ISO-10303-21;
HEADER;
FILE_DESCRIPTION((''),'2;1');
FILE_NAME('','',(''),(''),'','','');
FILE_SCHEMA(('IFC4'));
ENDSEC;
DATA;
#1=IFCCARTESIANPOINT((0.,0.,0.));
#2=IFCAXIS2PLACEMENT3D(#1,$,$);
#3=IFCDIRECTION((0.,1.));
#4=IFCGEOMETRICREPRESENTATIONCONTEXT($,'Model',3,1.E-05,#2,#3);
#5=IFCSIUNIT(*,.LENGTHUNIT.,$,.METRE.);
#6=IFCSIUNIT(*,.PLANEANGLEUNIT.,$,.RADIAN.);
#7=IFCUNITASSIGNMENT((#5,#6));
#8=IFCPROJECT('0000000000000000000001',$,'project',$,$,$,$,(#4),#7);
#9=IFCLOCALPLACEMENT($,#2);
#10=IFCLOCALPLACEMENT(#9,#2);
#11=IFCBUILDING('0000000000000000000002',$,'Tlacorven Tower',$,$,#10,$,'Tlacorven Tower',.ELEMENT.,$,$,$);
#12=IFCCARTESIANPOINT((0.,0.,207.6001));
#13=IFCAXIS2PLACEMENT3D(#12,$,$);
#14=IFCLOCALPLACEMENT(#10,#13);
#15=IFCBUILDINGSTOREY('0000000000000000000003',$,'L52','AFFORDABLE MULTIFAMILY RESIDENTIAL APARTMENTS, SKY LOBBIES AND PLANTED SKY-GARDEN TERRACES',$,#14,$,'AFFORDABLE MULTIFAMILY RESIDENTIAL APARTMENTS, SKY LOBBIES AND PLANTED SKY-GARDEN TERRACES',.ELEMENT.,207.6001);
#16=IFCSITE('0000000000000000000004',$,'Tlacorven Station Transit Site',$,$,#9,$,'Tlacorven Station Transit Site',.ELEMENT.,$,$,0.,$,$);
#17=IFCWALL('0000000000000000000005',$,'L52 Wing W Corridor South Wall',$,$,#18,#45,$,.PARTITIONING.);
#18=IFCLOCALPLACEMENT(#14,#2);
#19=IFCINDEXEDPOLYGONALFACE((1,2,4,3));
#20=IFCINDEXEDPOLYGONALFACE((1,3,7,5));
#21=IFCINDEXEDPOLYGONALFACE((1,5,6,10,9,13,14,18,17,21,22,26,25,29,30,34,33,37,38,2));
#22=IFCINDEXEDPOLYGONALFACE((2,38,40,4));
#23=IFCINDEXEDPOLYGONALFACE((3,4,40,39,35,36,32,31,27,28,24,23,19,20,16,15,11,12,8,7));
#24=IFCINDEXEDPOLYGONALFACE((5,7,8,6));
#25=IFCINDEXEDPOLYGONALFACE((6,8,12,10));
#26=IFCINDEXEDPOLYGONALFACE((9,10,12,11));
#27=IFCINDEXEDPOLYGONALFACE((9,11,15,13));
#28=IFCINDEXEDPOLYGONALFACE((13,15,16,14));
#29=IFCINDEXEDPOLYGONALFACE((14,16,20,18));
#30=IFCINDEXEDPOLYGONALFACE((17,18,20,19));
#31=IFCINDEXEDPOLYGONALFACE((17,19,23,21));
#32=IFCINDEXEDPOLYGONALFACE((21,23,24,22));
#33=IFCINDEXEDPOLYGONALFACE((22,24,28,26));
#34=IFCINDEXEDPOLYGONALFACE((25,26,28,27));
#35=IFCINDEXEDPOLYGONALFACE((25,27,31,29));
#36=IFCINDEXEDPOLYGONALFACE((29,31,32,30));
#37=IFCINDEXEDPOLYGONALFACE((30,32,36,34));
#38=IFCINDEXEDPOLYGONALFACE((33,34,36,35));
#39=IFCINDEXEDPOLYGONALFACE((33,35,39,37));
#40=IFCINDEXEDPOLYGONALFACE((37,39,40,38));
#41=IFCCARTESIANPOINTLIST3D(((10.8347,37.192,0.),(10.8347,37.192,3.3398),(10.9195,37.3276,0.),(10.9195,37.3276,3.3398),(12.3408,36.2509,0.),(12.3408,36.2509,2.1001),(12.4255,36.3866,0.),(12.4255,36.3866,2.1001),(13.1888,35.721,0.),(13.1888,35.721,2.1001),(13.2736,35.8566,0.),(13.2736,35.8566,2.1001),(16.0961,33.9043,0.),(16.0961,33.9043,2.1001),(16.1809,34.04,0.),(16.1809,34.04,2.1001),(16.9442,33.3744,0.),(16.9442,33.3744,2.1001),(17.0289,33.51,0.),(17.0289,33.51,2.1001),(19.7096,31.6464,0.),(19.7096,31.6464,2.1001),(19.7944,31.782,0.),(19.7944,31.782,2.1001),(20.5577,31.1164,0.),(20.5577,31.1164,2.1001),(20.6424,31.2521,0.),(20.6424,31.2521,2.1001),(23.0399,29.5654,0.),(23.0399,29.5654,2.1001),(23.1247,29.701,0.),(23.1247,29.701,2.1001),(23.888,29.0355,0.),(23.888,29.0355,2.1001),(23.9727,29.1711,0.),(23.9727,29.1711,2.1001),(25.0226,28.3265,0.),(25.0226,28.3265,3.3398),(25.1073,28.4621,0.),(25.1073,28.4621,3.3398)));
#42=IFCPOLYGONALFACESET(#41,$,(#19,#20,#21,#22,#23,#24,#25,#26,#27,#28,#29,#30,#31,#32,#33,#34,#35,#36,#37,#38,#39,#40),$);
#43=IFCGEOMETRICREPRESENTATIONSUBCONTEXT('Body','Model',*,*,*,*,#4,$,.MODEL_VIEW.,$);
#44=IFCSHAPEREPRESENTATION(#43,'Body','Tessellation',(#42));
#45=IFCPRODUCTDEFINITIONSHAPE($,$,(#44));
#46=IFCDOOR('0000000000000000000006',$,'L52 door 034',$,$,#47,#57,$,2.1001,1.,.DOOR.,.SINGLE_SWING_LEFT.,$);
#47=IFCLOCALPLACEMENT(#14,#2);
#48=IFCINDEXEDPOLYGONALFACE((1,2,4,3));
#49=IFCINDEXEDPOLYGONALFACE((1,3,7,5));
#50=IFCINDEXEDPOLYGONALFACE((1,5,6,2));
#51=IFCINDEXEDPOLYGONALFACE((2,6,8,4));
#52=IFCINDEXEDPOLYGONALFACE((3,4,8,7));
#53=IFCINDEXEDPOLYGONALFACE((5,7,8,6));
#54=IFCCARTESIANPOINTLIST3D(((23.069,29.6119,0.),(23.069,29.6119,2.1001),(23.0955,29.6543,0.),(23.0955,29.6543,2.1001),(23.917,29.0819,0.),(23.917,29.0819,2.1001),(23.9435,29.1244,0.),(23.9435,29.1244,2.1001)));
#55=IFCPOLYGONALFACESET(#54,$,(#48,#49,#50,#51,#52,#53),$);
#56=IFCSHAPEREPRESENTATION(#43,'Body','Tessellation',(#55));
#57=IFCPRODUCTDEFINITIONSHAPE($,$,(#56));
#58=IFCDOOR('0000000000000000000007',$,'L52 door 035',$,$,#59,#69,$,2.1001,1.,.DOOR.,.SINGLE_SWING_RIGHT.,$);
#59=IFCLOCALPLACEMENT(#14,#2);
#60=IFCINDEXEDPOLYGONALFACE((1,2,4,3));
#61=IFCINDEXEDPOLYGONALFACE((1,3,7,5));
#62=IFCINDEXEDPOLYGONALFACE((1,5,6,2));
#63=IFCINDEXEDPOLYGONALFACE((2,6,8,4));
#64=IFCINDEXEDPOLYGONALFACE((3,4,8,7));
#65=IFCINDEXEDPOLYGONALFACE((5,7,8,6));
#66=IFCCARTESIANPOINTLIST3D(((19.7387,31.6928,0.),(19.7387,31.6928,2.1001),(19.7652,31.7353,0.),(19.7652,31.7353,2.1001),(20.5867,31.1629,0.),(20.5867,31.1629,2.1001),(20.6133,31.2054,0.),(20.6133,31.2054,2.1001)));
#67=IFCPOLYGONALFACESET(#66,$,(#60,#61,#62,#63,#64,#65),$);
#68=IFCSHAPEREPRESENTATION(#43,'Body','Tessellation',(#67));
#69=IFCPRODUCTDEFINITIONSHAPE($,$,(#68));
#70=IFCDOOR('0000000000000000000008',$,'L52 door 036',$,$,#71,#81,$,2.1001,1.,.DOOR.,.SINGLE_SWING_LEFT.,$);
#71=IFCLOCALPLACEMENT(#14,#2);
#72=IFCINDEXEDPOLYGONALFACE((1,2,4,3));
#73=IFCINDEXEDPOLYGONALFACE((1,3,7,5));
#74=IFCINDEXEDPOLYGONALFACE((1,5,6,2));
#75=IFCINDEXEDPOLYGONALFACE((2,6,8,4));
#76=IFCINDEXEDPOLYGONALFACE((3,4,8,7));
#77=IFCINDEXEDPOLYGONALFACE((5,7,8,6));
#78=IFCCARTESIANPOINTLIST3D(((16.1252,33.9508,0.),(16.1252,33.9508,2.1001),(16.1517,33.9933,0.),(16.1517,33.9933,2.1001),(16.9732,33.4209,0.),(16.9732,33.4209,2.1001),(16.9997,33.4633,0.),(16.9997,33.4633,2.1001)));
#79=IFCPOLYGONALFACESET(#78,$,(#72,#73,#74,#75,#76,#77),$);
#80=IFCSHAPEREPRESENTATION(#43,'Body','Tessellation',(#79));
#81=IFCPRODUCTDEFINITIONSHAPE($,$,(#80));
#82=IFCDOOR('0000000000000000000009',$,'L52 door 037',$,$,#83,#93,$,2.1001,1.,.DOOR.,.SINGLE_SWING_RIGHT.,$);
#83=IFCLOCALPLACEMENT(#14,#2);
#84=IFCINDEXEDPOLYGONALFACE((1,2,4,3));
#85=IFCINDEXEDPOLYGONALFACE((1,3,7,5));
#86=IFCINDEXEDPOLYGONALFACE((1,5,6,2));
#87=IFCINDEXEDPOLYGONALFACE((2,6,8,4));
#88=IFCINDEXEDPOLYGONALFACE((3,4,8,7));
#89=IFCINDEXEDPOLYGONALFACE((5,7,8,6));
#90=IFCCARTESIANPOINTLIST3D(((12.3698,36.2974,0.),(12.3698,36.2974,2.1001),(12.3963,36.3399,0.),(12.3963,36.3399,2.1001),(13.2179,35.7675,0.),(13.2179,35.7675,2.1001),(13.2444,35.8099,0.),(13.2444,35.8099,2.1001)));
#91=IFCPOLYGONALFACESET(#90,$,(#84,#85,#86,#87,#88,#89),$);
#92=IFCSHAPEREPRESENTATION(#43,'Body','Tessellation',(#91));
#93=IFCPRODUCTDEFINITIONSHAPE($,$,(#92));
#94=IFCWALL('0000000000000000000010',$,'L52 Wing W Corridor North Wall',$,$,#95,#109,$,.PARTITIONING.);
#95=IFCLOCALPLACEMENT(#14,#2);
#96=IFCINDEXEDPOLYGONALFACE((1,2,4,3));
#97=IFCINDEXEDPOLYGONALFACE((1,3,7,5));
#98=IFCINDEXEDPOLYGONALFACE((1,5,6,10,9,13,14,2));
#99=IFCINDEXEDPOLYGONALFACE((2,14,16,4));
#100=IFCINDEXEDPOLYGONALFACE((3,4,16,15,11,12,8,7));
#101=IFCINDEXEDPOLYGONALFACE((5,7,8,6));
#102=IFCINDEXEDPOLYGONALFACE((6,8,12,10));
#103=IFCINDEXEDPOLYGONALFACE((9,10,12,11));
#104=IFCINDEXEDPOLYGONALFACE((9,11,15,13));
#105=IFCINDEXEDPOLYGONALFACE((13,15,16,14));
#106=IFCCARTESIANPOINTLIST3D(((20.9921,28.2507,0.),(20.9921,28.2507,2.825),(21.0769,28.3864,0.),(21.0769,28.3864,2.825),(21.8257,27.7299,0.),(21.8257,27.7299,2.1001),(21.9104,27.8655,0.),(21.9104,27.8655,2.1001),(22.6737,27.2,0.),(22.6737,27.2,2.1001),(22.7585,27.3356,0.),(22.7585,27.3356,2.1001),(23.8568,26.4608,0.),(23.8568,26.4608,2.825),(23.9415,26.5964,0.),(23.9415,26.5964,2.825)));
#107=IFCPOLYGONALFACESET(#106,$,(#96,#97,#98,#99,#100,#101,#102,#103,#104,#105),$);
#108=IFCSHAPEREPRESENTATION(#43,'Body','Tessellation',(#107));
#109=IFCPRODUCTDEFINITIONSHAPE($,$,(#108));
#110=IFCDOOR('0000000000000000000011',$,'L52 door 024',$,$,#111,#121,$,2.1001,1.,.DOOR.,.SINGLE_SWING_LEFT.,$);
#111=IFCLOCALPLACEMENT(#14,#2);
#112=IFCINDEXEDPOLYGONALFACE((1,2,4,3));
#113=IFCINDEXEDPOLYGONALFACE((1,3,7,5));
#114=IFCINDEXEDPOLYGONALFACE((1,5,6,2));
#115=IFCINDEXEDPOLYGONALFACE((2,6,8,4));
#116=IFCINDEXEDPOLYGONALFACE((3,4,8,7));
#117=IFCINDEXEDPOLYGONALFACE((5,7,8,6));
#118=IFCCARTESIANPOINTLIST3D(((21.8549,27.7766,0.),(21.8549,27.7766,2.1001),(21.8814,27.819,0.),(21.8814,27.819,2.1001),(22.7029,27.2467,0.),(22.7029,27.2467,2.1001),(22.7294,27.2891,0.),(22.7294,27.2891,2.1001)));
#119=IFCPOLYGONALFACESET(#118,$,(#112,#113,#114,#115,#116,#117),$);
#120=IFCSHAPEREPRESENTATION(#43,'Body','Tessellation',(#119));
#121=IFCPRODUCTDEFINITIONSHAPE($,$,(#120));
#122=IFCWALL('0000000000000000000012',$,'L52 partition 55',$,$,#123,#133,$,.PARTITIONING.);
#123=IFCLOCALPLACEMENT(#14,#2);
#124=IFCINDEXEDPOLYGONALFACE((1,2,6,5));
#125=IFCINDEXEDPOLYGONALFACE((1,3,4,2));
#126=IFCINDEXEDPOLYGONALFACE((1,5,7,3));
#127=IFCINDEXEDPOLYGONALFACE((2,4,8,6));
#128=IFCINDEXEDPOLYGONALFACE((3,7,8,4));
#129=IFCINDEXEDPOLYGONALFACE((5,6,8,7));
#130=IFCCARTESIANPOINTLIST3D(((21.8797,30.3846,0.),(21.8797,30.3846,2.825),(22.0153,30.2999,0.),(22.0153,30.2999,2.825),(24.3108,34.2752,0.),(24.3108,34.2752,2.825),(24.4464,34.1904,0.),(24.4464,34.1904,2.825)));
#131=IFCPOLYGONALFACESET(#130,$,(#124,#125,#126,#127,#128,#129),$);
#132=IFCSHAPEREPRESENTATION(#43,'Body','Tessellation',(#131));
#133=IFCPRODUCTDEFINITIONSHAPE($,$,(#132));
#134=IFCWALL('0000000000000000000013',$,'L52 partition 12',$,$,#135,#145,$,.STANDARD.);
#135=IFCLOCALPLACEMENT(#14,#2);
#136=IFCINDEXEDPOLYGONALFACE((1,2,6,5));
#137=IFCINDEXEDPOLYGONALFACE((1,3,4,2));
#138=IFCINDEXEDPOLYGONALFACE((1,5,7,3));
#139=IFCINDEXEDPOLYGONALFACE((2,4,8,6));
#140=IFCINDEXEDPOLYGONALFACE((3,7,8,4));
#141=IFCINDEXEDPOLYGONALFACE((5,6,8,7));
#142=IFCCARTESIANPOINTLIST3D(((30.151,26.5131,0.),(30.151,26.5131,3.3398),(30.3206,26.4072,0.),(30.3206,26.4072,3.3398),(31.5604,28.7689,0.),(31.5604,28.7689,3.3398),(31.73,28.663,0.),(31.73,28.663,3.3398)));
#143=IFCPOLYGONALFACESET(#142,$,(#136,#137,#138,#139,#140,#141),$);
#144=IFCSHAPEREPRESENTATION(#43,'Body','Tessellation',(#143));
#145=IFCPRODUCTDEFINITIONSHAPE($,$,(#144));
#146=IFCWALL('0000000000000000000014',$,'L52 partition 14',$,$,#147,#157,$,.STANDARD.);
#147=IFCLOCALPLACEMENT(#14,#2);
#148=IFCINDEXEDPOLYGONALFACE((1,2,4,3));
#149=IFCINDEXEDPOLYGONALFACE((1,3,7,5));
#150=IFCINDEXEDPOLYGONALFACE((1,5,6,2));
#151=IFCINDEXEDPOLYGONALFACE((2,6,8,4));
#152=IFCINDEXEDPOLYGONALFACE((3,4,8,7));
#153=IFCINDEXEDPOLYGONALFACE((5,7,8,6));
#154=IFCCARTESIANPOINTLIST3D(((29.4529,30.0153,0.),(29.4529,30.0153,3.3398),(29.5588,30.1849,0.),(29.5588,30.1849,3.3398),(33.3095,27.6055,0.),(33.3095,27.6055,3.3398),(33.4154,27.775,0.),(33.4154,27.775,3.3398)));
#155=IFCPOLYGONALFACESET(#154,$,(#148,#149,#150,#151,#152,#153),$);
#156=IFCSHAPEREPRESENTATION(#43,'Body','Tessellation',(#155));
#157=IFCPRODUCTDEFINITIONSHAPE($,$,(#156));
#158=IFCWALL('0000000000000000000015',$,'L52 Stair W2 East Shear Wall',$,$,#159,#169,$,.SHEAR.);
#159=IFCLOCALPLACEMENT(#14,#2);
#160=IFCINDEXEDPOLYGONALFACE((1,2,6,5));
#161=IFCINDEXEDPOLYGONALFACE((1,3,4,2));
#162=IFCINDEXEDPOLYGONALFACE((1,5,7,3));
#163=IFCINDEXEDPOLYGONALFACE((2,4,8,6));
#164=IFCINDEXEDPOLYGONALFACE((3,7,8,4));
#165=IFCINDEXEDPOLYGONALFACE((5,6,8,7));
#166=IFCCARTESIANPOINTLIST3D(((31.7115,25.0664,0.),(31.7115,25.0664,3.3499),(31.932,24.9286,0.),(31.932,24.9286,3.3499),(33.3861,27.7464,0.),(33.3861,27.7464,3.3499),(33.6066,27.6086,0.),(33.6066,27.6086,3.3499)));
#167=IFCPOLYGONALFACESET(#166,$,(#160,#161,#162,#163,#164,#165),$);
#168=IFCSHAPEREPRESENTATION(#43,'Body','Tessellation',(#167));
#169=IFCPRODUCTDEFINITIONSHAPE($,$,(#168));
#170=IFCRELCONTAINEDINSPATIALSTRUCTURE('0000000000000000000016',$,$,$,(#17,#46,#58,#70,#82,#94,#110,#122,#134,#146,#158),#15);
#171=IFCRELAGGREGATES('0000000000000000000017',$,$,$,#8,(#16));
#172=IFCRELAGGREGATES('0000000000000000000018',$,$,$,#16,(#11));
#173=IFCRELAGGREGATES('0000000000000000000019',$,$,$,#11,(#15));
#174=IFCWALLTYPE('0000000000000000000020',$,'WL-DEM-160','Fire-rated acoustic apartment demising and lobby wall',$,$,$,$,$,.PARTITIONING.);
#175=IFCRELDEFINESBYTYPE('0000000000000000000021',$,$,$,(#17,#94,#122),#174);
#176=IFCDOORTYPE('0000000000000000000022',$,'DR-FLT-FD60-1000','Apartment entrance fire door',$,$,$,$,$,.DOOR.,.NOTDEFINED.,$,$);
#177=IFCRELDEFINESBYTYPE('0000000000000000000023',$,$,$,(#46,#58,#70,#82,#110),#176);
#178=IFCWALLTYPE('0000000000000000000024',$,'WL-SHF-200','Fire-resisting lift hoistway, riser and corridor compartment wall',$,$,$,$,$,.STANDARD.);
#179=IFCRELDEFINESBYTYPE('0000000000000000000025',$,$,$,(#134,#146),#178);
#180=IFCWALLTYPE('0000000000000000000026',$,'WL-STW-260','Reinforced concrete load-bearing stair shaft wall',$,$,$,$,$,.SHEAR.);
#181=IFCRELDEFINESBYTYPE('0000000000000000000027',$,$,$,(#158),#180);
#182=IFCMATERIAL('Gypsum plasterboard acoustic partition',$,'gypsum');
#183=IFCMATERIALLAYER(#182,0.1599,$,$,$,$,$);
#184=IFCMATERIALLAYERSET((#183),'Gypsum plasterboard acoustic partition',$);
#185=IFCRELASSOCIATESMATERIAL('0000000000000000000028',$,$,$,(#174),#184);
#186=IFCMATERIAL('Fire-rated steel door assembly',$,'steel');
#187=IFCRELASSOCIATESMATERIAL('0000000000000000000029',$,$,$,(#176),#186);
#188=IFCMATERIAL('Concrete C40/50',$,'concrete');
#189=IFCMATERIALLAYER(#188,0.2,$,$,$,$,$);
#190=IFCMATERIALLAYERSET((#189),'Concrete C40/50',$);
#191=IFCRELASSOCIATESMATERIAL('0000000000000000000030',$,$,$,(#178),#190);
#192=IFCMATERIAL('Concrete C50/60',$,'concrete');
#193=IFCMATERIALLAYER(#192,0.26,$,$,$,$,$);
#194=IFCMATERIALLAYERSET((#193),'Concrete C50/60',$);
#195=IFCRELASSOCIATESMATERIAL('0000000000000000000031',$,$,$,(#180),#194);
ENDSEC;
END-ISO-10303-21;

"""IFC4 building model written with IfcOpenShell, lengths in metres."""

from ifc_helpers import new_model, si_unit, direction, frame, frame_2d, origin, place, context, subcontext, project, spatial, rectangle, extrude, source, transform, mapped, material, layer, layer_set, type_object, element, fill, save


model = new_model("IFC4")

# Units and contexts
model_context = context("Model", 3, precision=1e-05, world=origin(), true_north=direction((0.0, 1.0)))
body_context = subcontext(model_context, "Body", "Model", "MODEL_VIEW")
ifc_project = project(units=[si_unit("LENGTHUNIT", "METRE"), si_unit("PLANEANGLEUNIT", "RADIAN")], contexts=[model_context])

# Site, building, storey
site_placement = place(None, origin())
site = spatial("IfcSite", under=ifc_project, at=site_placement, Name="Tlacorven Station Transit Site", LongName="Tlacorven Station Transit Site", CompositionType="ELEMENT", RefElevation=0.0)
building_placement = place(site_placement, origin())
building = spatial("IfcBuilding", under=site, at=building_placement, Name="Tlacorven Tower", LongName="Tlacorven Tower", CompositionType="ELEMENT")
storey_placement = place(building_placement, frame((0.0, 0.0, 207.6001)))
storey = spatial("IfcBuildingStorey", under=building, at=storey_placement, Name="L52", Description="AFFORDABLE MULTIFAMILY RESIDENTIAL APARTMENTS, SKY LOBBIES AND PLANTED SKY-GARDEN TERRACES", LongName="AFFORDABLE MULTIFAMILY RESIDENTIAL APARTMENTS, SKY LOBBIES AND PLANTED SKY-GARDEN TERRACES", CompositionType="ELEMENT", Elevation=207.6001)

# Shared definitions
ifc_material_1 = material(Name="Concrete C50/60", Category="concrete")
ifc_material_2 = material(Name="Gypsum plasterboard acoustic partition", Category="gypsum")
ifc_layer_1 = layer(ifc_material_2, 0.1599)
ifc_layer_set_1 = layer_set([ifc_layer_1], Name="Gypsum plasterboard acoustic partition")
wall_type_1 = type_object("IfcWallType", Name="WL-DEM-160", Description="Fire-rated acoustic apartment demising and lobby wall", PredefinedType="PARTITIONING", material=ifc_layer_set_1)

# Wall, openings, doors
wall_1_placement = place(storey_placement, frame((25.0649, 28.3943, 0.0), z_axis=(0.0, 0.0, 1.0), x_axis=(-0.848048, 0.529919, 0.0)))
wall_1 = element("IfcWall", 1, at=wall_1_placement, inside=storey, type_object=wall_type_1, Name="L52 Wing W Corridor South Wall", PredefinedType="PARTITIONING", context=body_context, shape_type="SweptSolid", body=[
    extrude(rectangle(XDim=16.73, YDim=0.1599, at=frame_2d((8.365, 0.0))), origin(), (0.0, 0.0, 1.0), 3.3398),
])
opening_1_placement = place(wall_1_placement, frame((1.3379, 0.0, 0.0)))
opening_1 = element("IfcOpeningElement", 2, at=opening_1_placement, cuts=wall_1, PredefinedType="OPENING", context=body_context, shape_type="SweptSolid", body=[
    extrude(rectangle(XDim=1.0, YDim=2.1001, at=frame_2d((0.5, 1.05))), frame((0.0, 0.0898, 0.0), z_axis=(0.0, -1.0, 0.0), x_axis=(1.0, 0.0, 0.0)), (0.0, 0.0, 1.0), 0.1799),
])
opening_2_placement = place(wall_1_placement, frame((5.2649, 0.0, 0.0)))
opening_2 = element("IfcOpeningElement", 3, at=opening_2_placement, cuts=wall_1, PredefinedType="OPENING", context=body_context, shape_type="SweptSolid", body=[
    extrude(rectangle(XDim=1.0, YDim=2.1001, at=frame_2d((0.5, 1.05))), frame((0.0, 0.0898, 0.0), z_axis=(0.0, -1.0, 0.0), x_axis=(1.0, 0.0, 0.0)), (0.0, 0.0, 1.0), 0.1799),
])
opening_3_placement = place(wall_1_placement, frame((9.5259, 0.0, 0.0)))
opening_3 = element("IfcOpeningElement", 4, at=opening_3_placement, cuts=wall_1, PredefinedType="OPENING", context=body_context, shape_type="SweptSolid", body=[
    extrude(rectangle(XDim=1.0, YDim=2.1001, at=frame_2d((0.5, 1.05))), frame((0.0, 0.0898, 0.0), z_axis=(0.0, -1.0, 0.0), x_axis=(1.0, 0.0, 0.0)), (0.0, 0.0, 1.0), 0.1799),
])
opening_4_placement = place(wall_1_placement, frame((13.9541, 0.0, 0.0)))
opening_4 = element("IfcOpeningElement", 5, at=opening_4_placement, cuts=wall_1, PredefinedType="OPENING", context=body_context, shape_type="SweptSolid", body=[
    extrude(rectangle(XDim=1.0, YDim=2.1001, at=frame_2d((0.5, 1.05))), frame((0.0, 0.0898, 0.0), z_axis=(0.0, -1.0, 0.0), x_axis=(1.0, 0.0, 0.0)), (0.0, 0.0, 1.0), 0.1799),
])
ifc_material_3 = material(Name="Fire-rated steel door assembly", Category="steel")
door_type_1 = type_object("IfcDoorType", Name="DR-FLT-FD60-1000", Description="Apartment entrance fire door", OperationType="NOTDEFINED", PredefinedType="DOOR", material=ifc_material_3)
shared_shape_1 = source(origin(), body_context, "Body", "SweptSolid", [
    extrude(rectangle(XDim=1.0, YDim=2.1001, at=frame_2d((0.5, 1.05))), frame((0.0, 0.0249, 0.0), z_axis=(0.0, -1.0, 0.0), x_axis=(1.0, 0.0, 0.0)), (0.0, 0.0, 1.0), 0.05),
])
door_1_placement = place(opening_1_placement, frame((1.0, 0.0, 0.0), z_axis=(0.0, 0.0, 1.0), x_axis=(-1.0, 0.0, 0.0)))
door_1 = element("IfcDoor", 6, at=door_1_placement, inside=storey, type_object=door_type_1, Name="L52 door 034", OperationType="SINGLE_SWING_LEFT", OverallHeight=2.1001, OverallWidth=1.0, PredefinedType="DOOR", context=body_context, shape_type="MappedRepresentation", body=[
    mapped(shared_shape_1, transform((0.0, 0.0, 0.0), scale=1.0)),
])
fill(opening_1, door_1)
door_2_placement = place(opening_2_placement, frame((1.0, 0.0, 0.0), z_axis=(0.0, 0.0, 1.0), x_axis=(-1.0, 0.0, 0.0)))
door_2 = element("IfcDoor", 7, at=door_2_placement, inside=storey, type_object=door_type_1, Name="L52 door 035", OperationType="SINGLE_SWING_RIGHT", OverallHeight=2.1001, OverallWidth=1.0, PredefinedType="DOOR", context=body_context, shape_type="MappedRepresentation", body=[
    mapped(shared_shape_1, transform((0.0, 0.0, 0.0), scale=1.0)),
])
fill(opening_2, door_2)
door_3_placement = place(opening_3_placement, frame((1.0, 0.0, 0.0), z_axis=(0.0, 0.0, 1.0), x_axis=(-1.0, 0.0, 0.0)))
door_3 = element("IfcDoor", 8, at=door_3_placement, inside=storey, type_object=door_type_1, Name="L52 door 036", OperationType="SINGLE_SWING_LEFT", OverallHeight=2.1001, OverallWidth=1.0, PredefinedType="DOOR", context=body_context, shape_type="MappedRepresentation", body=[
    mapped(shared_shape_1, transform((0.0, 0.0, 0.0), scale=1.0)),
])
fill(opening_3, door_3)
door_4_placement = place(opening_4_placement, frame((1.0, 0.0, 0.0), z_axis=(0.0, 0.0, 1.0), x_axis=(-1.0, 0.0, 0.0)))
door_4 = element("IfcDoor", 9, at=door_4_placement, inside=storey, type_object=door_type_1, Name="L52 door 037", OperationType="SINGLE_SWING_RIGHT", OverallHeight=2.1001, OverallWidth=1.0, PredefinedType="DOOR", context=body_context, shape_type="MappedRepresentation", body=[
    mapped(shared_shape_1, transform((0.0, 0.0, 0.0), scale=1.0)),
])
fill(opening_4, door_4)

# Wall, opening, door
wall_2_placement = place(storey_placement, frame((23.8992, 26.5286, 0.0), z_axis=(0.0, 0.0, 1.0), x_axis=(-0.848055, 0.529908, 0.0)))
wall_2 = element("IfcWall", 10, at=wall_2_placement, inside=storey, type_object=wall_type_1, Name="L52 Wing W Corridor North Wall", PredefinedType="PARTITIONING", context=body_context, shape_type="SweptSolid", body=[
    extrude(rectangle(XDim=3.3779, YDim=0.1599, at=frame_2d((1.689, 0.0))), origin(), (0.0, 0.0, 1.0), 2.825),
])
opening_5_placement = place(wall_2_placement, frame((1.395, 0.0, 0.0)))
opening_5 = element("IfcOpeningElement", 11, at=opening_5_placement, cuts=wall_2, PredefinedType="OPENING", context=body_context, shape_type="SweptSolid", body=[
    extrude(rectangle(XDim=1.0, YDim=2.1001, at=frame_2d((0.5, 1.05))), frame((0.0, 0.0898, 0.0), z_axis=(0.0, -1.0, 0.0), x_axis=(1.0, 0.0, 0.0)), (0.0, 0.0, 1.0), 0.1799),
])
door_5_placement = place(opening_5_placement, origin())
door_5 = element("IfcDoor", 12, at=door_5_placement, inside=storey, type_object=door_type_1, Name="L52 door 024", OperationType="SINGLE_SWING_LEFT", OverallHeight=2.1001, OverallWidth=1.0, PredefinedType="DOOR", context=body_context, shape_type="MappedRepresentation", body=[
    mapped(shared_shape_1, transform((0.0, 0.0, 0.0), scale=1.0)),
])
fill(opening_5, door_5)

# Walls
wall_3_placement = place(storey_placement, frame((24.3787, 34.2329, 0.0), z_axis=(0.0, 0.0, 1.0), x_axis=(-0.529922, -0.848046, 0.0)))
element("IfcWall", 13, at=wall_3_placement, inside=storey, type_object=wall_type_1, Name="L52 partition 55", PredefinedType="PARTITIONING", context=body_context, shape_type="SweptSolid", body=[
    extrude(rectangle(XDim=4.5876, YDim=0.1599, at=frame_2d((2.2939, 0.0))), origin(), (0.0, 0.0, 1.0), 2.825),
])
ifc_material_4 = material(Name="Concrete C40/50", Category="concrete")
ifc_layer_2 = layer(ifc_material_4, 0.2)
ifc_layer_set_2 = layer_set([ifc_layer_2], Name="Concrete C40/50")
wall_type_2 = type_object("IfcWallType", Name="WL-SHF-200", Description="Fire-resisting lift hoistway, riser and corridor compartment wall", PredefinedType="STANDARD", material=ifc_layer_set_2)
wall_4_placement = place(storey_placement, frame((31.6453, 28.7161, 0.0), z_axis=(0.0, 0.0, 1.0), x_axis=(-0.529867, -0.848081, 0.0)))
element("IfcWall", 14, at=wall_4_placement, inside=storey, type_object=wall_type_2, Name="L52 partition 12", PredefinedType="STANDARD", context=body_context, shape_type="SweptSolid", body=[
    extrude(rectangle(XDim=2.6599, YDim=0.2, at=frame_2d((1.3301, 0.0))), origin(), (0.0, 0.0, 1.0), 3.3398),
])
wall_5_placement = place(storey_placement, frame((33.3625, 27.6902, 0.0), z_axis=(0.0, 0.0, 1.0), x_axis=(-0.84805, 0.529917, 0.0)))
element("IfcWall", 15, at=wall_5_placement, inside=storey, type_object=wall_type_2, Name="L52 partition 14", PredefinedType="STANDARD", context=body_context, shape_type="SweptSolid", body=[
    extrude(rectangle(XDim=4.5476, YDim=0.2, at=frame_2d((2.2739, 0.0))), origin(), (0.0, 0.0, 1.0), 3.3398),
])

# Wall
ifc_layer_3 = layer(ifc_material_1, 0.26)
ifc_layer_set_3 = layer_set([ifc_layer_3], Name="Concrete C50/60")
wall_type_3 = type_object("IfcWallType", Name="WL-STW-260", Description="Reinforced concrete load-bearing stair shaft wall", PredefinedType="SHEAR", material=ifc_layer_set_3)
wall_6_placement = place(storey_placement, frame((33.4963, 27.6775, 0.0), z_axis=(0.0, 0.0, 1.0), x_axis=(-0.529909, -0.848055, 0.0)))
element("IfcWall", 16, at=wall_6_placement, inside=storey, type_object=wall_type_3, Name="L52 Stair W2 East Shear Wall", PredefinedType="SHEAR", context=body_context, shape_type="SweptSolid", body=[
    extrude(rectangle(XDim=3.1602, YDim=0.26, at=frame_2d((1.5801, 0.0))), origin(), (0.0, 0.0, 1.0), 3.3499),
])

save(model, "model.ifc")
